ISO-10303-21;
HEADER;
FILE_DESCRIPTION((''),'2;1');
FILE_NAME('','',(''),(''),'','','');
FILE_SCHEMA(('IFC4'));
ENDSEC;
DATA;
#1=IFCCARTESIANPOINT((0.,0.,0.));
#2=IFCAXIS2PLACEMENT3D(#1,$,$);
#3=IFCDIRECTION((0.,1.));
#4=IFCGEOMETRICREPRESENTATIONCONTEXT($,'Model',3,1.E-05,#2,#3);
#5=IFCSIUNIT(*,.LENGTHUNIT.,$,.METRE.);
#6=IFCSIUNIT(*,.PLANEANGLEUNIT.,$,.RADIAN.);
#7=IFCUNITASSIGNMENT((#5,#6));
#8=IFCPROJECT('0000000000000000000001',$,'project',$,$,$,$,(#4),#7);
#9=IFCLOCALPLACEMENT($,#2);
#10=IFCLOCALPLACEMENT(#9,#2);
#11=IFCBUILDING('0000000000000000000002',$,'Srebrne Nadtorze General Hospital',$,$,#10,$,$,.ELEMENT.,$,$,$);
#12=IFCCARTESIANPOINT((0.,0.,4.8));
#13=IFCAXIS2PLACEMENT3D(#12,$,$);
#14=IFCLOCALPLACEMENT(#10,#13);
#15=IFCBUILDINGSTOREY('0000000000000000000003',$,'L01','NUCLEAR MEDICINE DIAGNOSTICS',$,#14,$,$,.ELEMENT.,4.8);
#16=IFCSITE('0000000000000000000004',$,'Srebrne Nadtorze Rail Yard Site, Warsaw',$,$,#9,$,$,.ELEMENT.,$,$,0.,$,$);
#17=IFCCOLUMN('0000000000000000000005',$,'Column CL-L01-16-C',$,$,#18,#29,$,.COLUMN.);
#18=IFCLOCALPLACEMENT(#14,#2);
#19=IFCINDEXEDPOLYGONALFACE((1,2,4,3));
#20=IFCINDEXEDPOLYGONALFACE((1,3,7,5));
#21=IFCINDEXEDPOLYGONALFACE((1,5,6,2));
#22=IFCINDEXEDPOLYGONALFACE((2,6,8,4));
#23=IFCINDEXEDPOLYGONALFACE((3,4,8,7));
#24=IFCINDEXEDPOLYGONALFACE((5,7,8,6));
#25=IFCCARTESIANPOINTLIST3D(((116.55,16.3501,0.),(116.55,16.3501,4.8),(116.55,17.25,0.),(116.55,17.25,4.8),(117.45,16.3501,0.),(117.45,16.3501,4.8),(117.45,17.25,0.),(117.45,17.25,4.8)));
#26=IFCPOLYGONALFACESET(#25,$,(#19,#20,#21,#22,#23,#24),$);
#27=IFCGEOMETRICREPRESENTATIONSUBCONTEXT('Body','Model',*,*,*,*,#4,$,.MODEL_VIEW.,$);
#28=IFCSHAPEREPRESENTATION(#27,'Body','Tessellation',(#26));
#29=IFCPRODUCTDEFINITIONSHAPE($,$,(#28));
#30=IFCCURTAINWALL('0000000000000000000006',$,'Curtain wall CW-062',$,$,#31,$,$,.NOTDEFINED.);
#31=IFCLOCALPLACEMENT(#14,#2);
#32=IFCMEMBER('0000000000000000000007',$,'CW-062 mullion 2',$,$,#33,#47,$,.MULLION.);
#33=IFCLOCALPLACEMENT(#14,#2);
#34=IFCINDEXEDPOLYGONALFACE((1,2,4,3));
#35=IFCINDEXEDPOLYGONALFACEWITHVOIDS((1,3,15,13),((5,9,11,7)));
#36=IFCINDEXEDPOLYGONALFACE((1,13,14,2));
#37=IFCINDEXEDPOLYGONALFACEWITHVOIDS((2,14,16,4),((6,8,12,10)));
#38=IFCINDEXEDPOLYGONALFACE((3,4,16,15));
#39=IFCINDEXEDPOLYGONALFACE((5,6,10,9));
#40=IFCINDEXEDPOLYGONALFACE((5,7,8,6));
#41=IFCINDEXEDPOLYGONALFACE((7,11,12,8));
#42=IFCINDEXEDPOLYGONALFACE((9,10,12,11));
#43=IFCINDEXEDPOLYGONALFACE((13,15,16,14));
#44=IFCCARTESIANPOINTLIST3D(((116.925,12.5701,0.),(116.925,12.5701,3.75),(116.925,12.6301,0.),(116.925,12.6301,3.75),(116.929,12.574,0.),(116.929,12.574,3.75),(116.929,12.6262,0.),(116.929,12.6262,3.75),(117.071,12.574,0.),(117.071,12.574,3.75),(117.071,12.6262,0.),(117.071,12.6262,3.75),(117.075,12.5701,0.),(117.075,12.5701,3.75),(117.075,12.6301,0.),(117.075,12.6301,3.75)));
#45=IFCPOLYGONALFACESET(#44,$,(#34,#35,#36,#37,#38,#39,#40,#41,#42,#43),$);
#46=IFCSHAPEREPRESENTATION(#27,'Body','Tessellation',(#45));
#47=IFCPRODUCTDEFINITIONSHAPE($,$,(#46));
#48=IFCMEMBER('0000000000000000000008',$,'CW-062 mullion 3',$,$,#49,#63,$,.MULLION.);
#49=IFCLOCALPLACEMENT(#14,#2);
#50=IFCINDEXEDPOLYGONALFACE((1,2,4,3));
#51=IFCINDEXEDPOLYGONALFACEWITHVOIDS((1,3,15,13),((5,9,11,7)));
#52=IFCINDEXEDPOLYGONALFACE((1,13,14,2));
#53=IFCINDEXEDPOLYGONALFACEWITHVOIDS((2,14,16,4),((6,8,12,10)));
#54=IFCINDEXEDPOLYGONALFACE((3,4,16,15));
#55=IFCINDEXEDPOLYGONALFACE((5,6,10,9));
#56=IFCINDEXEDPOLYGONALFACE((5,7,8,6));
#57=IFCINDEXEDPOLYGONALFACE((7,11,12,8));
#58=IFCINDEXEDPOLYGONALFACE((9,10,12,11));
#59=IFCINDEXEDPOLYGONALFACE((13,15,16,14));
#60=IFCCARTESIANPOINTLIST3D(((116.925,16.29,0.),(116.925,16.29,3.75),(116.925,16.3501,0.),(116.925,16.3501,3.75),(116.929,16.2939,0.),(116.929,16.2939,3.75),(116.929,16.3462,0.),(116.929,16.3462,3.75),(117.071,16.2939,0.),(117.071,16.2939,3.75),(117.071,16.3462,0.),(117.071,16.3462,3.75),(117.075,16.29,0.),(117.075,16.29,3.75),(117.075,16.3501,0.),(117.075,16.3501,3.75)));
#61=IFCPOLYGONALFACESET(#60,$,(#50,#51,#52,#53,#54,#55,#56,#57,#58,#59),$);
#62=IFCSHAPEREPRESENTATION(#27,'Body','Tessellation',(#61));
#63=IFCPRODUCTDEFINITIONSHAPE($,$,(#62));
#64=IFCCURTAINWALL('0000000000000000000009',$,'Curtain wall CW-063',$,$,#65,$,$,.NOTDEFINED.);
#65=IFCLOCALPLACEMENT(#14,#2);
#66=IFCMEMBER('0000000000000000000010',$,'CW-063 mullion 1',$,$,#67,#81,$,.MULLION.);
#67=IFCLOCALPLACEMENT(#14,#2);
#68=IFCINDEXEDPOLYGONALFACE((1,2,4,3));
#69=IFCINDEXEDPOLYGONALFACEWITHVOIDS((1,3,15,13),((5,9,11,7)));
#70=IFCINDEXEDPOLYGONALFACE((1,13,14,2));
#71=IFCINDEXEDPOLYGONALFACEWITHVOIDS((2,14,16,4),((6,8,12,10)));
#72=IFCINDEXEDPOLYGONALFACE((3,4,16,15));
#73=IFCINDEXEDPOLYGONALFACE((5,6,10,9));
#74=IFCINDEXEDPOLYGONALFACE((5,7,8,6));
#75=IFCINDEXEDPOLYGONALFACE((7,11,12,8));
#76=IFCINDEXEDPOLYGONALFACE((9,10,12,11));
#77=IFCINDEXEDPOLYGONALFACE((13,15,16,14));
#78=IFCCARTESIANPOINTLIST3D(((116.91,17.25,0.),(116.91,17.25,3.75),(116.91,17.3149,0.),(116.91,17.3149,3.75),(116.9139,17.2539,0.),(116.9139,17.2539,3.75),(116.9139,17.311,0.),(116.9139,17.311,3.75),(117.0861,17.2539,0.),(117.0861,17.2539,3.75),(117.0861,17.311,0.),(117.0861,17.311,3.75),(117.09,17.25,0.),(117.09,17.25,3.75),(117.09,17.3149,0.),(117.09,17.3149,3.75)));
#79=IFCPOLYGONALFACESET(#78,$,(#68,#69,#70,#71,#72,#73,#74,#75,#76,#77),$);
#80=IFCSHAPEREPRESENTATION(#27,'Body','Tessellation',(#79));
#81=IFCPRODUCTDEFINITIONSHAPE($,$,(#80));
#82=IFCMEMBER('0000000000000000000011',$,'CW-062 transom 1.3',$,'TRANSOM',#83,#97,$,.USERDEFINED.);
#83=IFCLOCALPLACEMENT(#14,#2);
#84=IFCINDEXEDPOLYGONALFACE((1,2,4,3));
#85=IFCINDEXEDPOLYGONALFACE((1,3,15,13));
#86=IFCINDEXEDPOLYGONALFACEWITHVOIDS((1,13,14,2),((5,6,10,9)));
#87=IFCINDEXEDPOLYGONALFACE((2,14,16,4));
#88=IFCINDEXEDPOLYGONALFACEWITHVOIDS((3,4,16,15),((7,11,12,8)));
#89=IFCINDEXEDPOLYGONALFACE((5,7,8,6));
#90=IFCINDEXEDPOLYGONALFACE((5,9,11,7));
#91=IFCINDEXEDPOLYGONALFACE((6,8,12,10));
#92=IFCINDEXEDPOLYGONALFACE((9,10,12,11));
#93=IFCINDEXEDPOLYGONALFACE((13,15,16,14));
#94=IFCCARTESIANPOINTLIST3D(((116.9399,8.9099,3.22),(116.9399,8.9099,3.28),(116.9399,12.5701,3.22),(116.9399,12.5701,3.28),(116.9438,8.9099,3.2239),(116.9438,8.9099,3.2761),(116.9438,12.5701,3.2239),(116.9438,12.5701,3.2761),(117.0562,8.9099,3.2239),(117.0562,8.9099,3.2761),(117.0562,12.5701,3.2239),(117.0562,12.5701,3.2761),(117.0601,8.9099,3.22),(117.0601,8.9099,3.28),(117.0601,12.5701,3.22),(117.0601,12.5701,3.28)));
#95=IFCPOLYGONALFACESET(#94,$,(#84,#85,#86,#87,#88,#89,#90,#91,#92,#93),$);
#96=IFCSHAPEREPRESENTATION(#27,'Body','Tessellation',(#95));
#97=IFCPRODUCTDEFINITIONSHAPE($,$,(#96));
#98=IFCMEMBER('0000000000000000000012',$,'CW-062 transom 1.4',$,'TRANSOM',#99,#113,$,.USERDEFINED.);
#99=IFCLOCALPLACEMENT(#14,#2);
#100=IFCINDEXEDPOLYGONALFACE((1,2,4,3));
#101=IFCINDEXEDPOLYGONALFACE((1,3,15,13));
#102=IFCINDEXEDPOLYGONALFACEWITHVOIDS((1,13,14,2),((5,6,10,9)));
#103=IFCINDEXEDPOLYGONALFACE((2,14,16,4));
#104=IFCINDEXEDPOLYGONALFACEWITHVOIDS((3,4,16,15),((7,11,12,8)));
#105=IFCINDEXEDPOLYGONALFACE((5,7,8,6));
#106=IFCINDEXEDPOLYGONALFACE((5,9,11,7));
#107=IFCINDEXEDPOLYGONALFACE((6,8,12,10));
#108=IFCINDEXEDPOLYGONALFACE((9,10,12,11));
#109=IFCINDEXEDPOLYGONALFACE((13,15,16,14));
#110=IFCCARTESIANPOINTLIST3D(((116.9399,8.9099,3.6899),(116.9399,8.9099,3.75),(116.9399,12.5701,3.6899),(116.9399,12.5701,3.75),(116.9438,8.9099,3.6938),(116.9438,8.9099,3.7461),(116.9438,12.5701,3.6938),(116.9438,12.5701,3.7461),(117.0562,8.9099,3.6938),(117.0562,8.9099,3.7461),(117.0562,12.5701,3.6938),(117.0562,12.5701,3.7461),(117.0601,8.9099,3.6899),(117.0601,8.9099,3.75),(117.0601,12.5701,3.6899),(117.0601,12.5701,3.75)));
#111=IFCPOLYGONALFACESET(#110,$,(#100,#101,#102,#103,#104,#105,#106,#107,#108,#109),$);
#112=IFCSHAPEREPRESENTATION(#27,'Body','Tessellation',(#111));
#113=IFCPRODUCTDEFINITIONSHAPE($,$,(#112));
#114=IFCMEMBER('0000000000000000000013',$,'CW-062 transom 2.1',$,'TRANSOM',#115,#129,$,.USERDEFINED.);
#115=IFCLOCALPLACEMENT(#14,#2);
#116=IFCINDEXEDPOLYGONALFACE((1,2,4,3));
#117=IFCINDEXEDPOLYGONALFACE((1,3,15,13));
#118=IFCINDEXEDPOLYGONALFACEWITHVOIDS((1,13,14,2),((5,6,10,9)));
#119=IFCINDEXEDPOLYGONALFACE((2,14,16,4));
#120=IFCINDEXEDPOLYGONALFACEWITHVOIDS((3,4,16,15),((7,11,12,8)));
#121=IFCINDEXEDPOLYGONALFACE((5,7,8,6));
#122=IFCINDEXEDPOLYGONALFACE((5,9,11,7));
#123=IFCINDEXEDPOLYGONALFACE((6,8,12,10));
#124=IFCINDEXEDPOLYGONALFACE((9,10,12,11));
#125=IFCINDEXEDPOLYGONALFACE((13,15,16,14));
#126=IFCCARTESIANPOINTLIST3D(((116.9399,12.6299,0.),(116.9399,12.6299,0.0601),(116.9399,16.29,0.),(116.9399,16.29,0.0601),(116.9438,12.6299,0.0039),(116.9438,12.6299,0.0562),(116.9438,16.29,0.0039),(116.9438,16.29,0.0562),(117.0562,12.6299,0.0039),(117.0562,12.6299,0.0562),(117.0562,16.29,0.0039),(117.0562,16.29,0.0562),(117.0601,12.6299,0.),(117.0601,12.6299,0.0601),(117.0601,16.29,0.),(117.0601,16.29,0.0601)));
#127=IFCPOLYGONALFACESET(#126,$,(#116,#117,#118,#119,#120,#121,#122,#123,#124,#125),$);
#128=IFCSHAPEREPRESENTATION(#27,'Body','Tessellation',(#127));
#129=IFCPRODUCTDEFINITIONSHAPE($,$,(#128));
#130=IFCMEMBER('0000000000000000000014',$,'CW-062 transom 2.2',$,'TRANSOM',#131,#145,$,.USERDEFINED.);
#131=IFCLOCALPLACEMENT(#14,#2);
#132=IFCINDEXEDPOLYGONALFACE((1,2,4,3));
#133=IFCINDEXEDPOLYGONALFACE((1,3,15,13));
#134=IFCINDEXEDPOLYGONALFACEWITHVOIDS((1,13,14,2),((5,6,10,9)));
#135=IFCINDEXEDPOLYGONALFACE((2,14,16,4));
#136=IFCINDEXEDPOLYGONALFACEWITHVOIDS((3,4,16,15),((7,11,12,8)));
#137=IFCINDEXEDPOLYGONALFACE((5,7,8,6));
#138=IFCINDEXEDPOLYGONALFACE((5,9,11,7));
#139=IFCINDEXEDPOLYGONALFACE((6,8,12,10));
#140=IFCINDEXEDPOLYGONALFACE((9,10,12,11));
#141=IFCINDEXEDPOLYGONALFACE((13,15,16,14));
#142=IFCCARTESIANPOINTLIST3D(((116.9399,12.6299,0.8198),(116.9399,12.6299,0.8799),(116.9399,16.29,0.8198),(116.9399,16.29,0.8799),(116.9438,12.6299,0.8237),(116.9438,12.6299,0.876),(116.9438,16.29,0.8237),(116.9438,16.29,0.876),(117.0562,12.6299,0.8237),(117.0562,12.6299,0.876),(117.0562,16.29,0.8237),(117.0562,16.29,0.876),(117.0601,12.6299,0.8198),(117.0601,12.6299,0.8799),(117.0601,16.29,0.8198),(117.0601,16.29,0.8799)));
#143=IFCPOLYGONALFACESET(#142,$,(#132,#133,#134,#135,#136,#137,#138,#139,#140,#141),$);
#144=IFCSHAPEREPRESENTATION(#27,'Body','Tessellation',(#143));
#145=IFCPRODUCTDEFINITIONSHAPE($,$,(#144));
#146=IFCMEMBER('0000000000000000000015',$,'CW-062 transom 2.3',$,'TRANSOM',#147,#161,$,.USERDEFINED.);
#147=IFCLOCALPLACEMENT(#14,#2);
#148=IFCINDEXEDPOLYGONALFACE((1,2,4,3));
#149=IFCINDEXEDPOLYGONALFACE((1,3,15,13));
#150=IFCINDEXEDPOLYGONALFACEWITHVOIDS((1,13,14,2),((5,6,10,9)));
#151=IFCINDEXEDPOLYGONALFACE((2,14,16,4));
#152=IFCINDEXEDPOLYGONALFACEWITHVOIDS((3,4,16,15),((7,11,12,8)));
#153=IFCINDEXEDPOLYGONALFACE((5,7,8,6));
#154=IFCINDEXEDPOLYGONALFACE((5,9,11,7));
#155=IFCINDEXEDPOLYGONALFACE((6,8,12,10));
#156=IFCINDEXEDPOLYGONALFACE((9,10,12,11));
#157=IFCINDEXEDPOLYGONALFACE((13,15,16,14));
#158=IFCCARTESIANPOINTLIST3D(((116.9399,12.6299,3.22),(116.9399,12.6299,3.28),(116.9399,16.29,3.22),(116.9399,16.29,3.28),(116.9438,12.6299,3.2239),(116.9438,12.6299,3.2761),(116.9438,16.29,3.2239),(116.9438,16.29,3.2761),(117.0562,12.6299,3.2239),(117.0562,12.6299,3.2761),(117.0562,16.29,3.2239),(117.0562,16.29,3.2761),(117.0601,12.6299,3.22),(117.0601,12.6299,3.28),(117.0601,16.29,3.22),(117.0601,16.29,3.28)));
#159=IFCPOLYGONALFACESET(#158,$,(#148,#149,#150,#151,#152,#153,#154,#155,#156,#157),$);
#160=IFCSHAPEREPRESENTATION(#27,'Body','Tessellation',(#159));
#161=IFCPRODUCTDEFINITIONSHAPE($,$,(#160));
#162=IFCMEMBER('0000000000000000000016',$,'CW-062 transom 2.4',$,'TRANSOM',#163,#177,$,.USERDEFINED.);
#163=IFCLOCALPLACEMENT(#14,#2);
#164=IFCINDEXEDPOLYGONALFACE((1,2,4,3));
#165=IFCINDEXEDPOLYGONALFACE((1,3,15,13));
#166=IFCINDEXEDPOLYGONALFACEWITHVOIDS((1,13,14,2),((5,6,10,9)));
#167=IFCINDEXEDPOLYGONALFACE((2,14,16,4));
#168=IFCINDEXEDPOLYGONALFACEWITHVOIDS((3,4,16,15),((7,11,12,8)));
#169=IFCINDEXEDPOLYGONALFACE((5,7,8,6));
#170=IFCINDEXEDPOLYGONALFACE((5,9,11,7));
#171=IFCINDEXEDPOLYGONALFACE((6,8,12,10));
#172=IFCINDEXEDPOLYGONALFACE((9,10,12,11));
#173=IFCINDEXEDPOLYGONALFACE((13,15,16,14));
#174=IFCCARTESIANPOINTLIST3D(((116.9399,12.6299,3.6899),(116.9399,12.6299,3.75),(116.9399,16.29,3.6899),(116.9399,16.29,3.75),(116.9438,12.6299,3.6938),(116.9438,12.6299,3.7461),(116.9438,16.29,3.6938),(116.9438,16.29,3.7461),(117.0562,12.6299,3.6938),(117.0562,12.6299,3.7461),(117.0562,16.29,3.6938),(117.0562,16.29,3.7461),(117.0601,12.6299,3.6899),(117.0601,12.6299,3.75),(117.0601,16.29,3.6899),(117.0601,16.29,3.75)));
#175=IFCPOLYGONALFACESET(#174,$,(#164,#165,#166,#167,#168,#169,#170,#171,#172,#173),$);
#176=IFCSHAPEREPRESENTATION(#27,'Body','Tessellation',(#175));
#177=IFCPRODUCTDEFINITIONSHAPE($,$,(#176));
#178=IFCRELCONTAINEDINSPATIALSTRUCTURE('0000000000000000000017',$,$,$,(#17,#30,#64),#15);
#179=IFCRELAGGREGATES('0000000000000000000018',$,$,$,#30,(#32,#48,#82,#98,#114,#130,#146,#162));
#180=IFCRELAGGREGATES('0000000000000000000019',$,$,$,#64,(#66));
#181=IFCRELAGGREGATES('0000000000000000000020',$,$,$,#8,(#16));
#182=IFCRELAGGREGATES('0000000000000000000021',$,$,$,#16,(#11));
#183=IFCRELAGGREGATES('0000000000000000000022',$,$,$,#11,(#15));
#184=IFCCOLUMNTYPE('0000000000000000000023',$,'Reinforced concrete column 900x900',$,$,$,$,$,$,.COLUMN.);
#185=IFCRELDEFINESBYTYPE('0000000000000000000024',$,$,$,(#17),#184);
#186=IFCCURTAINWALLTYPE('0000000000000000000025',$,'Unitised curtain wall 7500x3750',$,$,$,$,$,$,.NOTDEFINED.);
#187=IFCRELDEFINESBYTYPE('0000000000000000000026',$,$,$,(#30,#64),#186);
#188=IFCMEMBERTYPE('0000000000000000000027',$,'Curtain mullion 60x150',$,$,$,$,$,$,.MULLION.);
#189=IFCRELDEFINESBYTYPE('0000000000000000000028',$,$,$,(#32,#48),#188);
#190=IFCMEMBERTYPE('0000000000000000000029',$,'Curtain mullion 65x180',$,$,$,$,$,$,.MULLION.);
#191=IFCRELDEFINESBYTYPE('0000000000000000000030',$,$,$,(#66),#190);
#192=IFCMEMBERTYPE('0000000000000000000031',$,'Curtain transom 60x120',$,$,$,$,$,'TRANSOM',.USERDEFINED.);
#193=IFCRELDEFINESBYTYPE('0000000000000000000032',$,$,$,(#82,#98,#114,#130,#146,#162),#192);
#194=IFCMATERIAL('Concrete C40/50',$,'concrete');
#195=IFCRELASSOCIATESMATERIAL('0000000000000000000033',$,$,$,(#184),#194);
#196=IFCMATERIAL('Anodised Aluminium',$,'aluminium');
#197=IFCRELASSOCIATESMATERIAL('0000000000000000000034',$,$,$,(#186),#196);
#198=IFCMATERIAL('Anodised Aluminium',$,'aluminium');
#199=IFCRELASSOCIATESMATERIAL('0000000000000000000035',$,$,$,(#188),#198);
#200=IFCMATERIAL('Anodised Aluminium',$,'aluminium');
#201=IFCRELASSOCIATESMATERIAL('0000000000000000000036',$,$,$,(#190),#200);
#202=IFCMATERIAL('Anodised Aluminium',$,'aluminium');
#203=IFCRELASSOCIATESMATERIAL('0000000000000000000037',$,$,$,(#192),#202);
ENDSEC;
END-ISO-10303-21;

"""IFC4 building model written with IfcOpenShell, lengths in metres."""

from ifc_helpers import new_model, si_unit, direction, frame, origin, origin_2d, place, context, subcontext, project, spatial, rectangle, hollow_rectangle, extrude, material, material_profile, profile_set, type_object, element, aggregate, save


model = new_model("IFC4")

# Units and contexts
model_context = context("Model", 3, precision=1e-05, world=origin(), true_north=direction((0.0, 1.0)))
body_context = subcontext(model_context, "Body", "Model", "MODEL_VIEW")
ifc_project = project(units=[si_unit("LENGTHUNIT", "METRE"), si_unit("PLANEANGLEUNIT", "RADIAN")], contexts=[model_context])

# Site, building, storey
site_placement = place(None, origin())
site = spatial("IfcSite", under=ifc_project, at=site_placement, Name="Srebrne Nadtorze Rail Yard Site, Warsaw", CompositionType="ELEMENT", RefElevation=0.0)
building_placement = place(site_placement, origin())
building = spatial("IfcBuilding", under=site, at=building_placement, Name="Srebrne Nadtorze General Hospital", CompositionType="ELEMENT")
storey_placement = place(building_placement, frame((0.0, 0.0, 4.8)))
storey = spatial("IfcBuildingStorey", under=building, at=storey_placement, Name="L01", Description="NUCLEAR MEDICINE DIAGNOSTICS", CompositionType="ELEMENT", Elevation=4.8)

# Column
ifc_material_1 = material(Name="Concrete C40/50", Category="concrete")
ifc_material_profile_1 = material_profile(ifc_material_1, rectangle(XDim=0.8999, YDim=0.8999, at=origin_2d()), Name="RC-COL-900x900")
ifc_profile_set_1 = profile_set([ifc_material_profile_1], Name="Concrete C40/50")
column_type = type_object("IfcColumnType", Name="Reinforced concrete column 900x900", PredefinedType="COLUMN", material=ifc_profile_set_1)
column_placement = place(storey_placement, frame((117.0, 16.8, 0.0), z_axis=(0.0, 0.0, 1.0), x_axis=(1.0, 0.0, 0.0)))
element("IfcColumn", 1, at=column_placement, inside=storey, type_object=column_type, Name="Column CL-L01-16-C", PredefinedType="COLUMN", context=body_context, shape_type="SweptSolid", body=[
    extrude(rectangle(XDim=0.8999, YDim=0.8999, at=origin_2d()), origin(), (0.0, 0.0, 1.0), 4.8),
])

# Curtain wall, members
ifc_material_2 = material(Name="Anodised Aluminium", Category="aluminium")
curtain_wall_type = type_object("IfcCurtainWallType", Name="Unitised curtain wall 7500x3750", PredefinedType="NOTDEFINED", material=ifc_material_2)
curtain_wall_1_placement = place(storey_placement, origin())
curtain_wall_1 = element("IfcCurtainWall", 2, at=curtain_wall_1_placement, inside=storey, type_object=curtain_wall_type, Name="Curtain wall CW-062", PredefinedType="NOTDEFINED")
ifc_material_3 = material(Name="Anodised Aluminium", Category="aluminium")
ifc_material_profile_2 = material_profile(ifc_material_3, hollow_rectangle(XDim=0.0601, YDim=0.1499, WallThickness=0.0039, at=origin_2d()), Name="AL-MUL-60x150")
ifc_profile_set_2 = profile_set([ifc_material_profile_2], Name="Anodised Aluminium")
member_type_1 = type_object("IfcMemberType", Name="Curtain mullion 60x150", PredefinedType="MULLION", material=ifc_profile_set_2)
member_1_placement = place(storey_placement, frame((117.0, 12.6001, 0.0), z_axis=(0.0, 0.0, 1.0), x_axis=(0.0, 1.0, 0.0)))
member_1 = element("IfcMember", 3, at=member_1_placement, type_object=member_type_1, Name="CW-062 mullion 2", PredefinedType="MULLION", context=body_context, shape_type="SweptSolid", body=[
    extrude(hollow_rectangle(XDim=0.0601, YDim=0.1499, WallThickness=0.0039, at=origin_2d()), origin(), (0.0, 0.0, 1.0), 3.75),
])
member_2_placement = place(storey_placement, frame((117.0, 16.3201, 0.0), z_axis=(0.0, 0.0, 1.0), x_axis=(0.0, 1.0, 0.0)))
member_2 = element("IfcMember", 4, at=member_2_placement, type_object=member_type_1, Name="CW-062 mullion 3", PredefinedType="MULLION", context=body_context, shape_type="SweptSolid", body=[
    extrude(hollow_rectangle(XDim=0.0601, YDim=0.1499, WallThickness=0.0039, at=origin_2d()), origin(), (0.0, 0.0, 1.0), 3.75),
])

# Curtain wall, member
curtain_wall_2_placement = place(storey_placement, origin())
curtain_wall_2 = element("IfcCurtainWall", 5, at=curtain_wall_2_placement, inside=storey, type_object=curtain_wall_type, Name="Curtain wall CW-063", PredefinedType="NOTDEFINED")
ifc_material_4 = material(Name="Anodised Aluminium", Category="aluminium")
ifc_material_profile_3 = material_profile(ifc_material_4, hollow_rectangle(XDim=0.0649, YDim=0.1799, WallThickness=0.0039, at=origin_2d()), Name="AL-MUL-65x180")
ifc_profile_set_3 = profile_set([ifc_material_profile_3], Name="Anodised Aluminium")
member_type_2 = type_object("IfcMemberType", Name="Curtain mullion 65x180", PredefinedType="MULLION", material=ifc_profile_set_3)
member_3_placement = place(storey_placement, frame((117.0, 17.2825, 0.0), z_axis=(0.0, 0.0, 1.0), x_axis=(0.0, 1.0, 0.0)))
member_3 = element("IfcMember", 6, at=member_3_placement, type_object=member_type_2, Name="CW-063 mullion 1", PredefinedType="MULLION", context=body_context, shape_type="SweptSolid", body=[
    extrude(hollow_rectangle(XDim=0.0649, YDim=0.1799, WallThickness=0.0039, at=origin_2d()), origin(), (0.0, 0.0, 1.0), 3.75),
])

# Members
ifc_material_5 = material(Name="Anodised Aluminium", Category="aluminium")
ifc_material_profile_4 = material_profile(ifc_material_5, hollow_rectangle(XDim=0.0601, YDim=0.1201, WallThickness=0.0039, at=origin_2d()), Name="AL-TRN-60x120")
ifc_profile_set_4 = profile_set([ifc_material_profile_4], Name="Anodised Aluminium")
member_type_3 = type_object("IfcMemberType", Name="Curtain transom 60x120", ElementType="TRANSOM", PredefinedType="USERDEFINED", material=ifc_profile_set_4)
member_4_placement = place(storey_placement, frame((117.0, 8.9099, 3.25), z_axis=(0.0, 1.0, 0.0), x_axis=(0.0, 0.0, 1.0)))
member_4 = element("IfcMember", 7, at=member_4_placement, type_object=member_type_3, Name="CW-062 transom 1.3", ObjectType="TRANSOM", PredefinedType="USERDEFINED", context=body_context, shape_type="SweptSolid", body=[
    extrude(hollow_rectangle(XDim=0.0601, YDim=0.1201, WallThickness=0.0039, at=origin_2d()), origin(), (0.0, 0.0, 1.0), 3.6602),
])
member_5_placement = place(storey_placement, frame((117.0, 8.9099, 3.72), z_axis=(0.0, 1.0, 0.0), x_axis=(0.0, 0.0, 1.0)))
member_5 = element("IfcMember", 8, at=member_5_placement, type_object=member_type_3, Name="CW-062 transom 1.4", ObjectType="TRANSOM", PredefinedType="USERDEFINED", context=body_context, shape_type="SweptSolid", body=[
    extrude(hollow_rectangle(XDim=0.0601, YDim=0.1201, WallThickness=0.0039, at=origin_2d()), origin(), (0.0, 0.0, 1.0), 3.6602),
])
member_6_placement = place(storey_placement, frame((117.0, 12.6299, 0.03), z_axis=(0.0, 1.0, 0.0), x_axis=(0.0, 0.0, 1.0)))
member_6 = element("IfcMember", 9, at=member_6_placement, type_object=member_type_3, Name="CW-062 transom 2.1", ObjectType="TRANSOM", PredefinedType="USERDEFINED", context=body_context, shape_type="SweptSolid", body=[
    extrude(hollow_rectangle(XDim=0.0601, YDim=0.1201, WallThickness=0.0039, at=origin_2d()), origin(), (0.0, 0.0, 1.0), 3.6602),
])
member_7_placement = place(storey_placement, frame((117.0, 12.6299, 0.8499), z_axis=(0.0, 1.0, 0.0), x_axis=(0.0, 0.0, 1.0)))
member_7 = element("IfcMember", 10, at=member_7_placement, type_object=member_type_3, Name="CW-062 transom 2.2", ObjectType="TRANSOM", PredefinedType="USERDEFINED", context=body_context, shape_type="SweptSolid", body=[
    extrude(hollow_rectangle(XDim=0.0601, YDim=0.1201, WallThickness=0.0039, at=origin_2d()), origin(), (0.0, 0.0, 1.0), 3.6602),
])
member_8_placement = place(storey_placement, frame((117.0, 12.6299, 3.25), z_axis=(0.0, 1.0, 0.0), x_axis=(0.0, 0.0, 1.0)))
member_8 = element("IfcMember", 11, at=member_8_placement, type_object=member_type_3, Name="CW-062 transom 2.3", ObjectType="TRANSOM", PredefinedType="USERDEFINED", context=body_context, shape_type="SweptSolid", body=[
    extrude(hollow_rectangle(XDim=0.0601, YDim=0.1201, WallThickness=0.0039, at=origin_2d()), origin(), (0.0, 0.0, 1.0), 3.6602),
])
member_9_placement = place(storey_placement, frame((117.0, 12.6299, 3.72), z_axis=(0.0, 1.0, 0.0), x_axis=(0.0, 0.0, 1.0)))
member_9 = element("IfcMember", 12, at=member_9_placement, type_object=member_type_3, Name="CW-062 transom 2.4", ObjectType="TRANSOM", PredefinedType="USERDEFINED", context=body_context, shape_type="SweptSolid", body=[
    extrude(hollow_rectangle(XDim=0.0601, YDim=0.1201, WallThickness=0.0039, at=origin_2d()), origin(), (0.0, 0.0, 1.0), 3.6602),
])

aggregate(curtain_wall_1, [member_1, member_2, member_4, member_5, member_6, member_7, member_8, member_9])
aggregate(curtain_wall_2, [member_3])

save(model, "model.ifc")
